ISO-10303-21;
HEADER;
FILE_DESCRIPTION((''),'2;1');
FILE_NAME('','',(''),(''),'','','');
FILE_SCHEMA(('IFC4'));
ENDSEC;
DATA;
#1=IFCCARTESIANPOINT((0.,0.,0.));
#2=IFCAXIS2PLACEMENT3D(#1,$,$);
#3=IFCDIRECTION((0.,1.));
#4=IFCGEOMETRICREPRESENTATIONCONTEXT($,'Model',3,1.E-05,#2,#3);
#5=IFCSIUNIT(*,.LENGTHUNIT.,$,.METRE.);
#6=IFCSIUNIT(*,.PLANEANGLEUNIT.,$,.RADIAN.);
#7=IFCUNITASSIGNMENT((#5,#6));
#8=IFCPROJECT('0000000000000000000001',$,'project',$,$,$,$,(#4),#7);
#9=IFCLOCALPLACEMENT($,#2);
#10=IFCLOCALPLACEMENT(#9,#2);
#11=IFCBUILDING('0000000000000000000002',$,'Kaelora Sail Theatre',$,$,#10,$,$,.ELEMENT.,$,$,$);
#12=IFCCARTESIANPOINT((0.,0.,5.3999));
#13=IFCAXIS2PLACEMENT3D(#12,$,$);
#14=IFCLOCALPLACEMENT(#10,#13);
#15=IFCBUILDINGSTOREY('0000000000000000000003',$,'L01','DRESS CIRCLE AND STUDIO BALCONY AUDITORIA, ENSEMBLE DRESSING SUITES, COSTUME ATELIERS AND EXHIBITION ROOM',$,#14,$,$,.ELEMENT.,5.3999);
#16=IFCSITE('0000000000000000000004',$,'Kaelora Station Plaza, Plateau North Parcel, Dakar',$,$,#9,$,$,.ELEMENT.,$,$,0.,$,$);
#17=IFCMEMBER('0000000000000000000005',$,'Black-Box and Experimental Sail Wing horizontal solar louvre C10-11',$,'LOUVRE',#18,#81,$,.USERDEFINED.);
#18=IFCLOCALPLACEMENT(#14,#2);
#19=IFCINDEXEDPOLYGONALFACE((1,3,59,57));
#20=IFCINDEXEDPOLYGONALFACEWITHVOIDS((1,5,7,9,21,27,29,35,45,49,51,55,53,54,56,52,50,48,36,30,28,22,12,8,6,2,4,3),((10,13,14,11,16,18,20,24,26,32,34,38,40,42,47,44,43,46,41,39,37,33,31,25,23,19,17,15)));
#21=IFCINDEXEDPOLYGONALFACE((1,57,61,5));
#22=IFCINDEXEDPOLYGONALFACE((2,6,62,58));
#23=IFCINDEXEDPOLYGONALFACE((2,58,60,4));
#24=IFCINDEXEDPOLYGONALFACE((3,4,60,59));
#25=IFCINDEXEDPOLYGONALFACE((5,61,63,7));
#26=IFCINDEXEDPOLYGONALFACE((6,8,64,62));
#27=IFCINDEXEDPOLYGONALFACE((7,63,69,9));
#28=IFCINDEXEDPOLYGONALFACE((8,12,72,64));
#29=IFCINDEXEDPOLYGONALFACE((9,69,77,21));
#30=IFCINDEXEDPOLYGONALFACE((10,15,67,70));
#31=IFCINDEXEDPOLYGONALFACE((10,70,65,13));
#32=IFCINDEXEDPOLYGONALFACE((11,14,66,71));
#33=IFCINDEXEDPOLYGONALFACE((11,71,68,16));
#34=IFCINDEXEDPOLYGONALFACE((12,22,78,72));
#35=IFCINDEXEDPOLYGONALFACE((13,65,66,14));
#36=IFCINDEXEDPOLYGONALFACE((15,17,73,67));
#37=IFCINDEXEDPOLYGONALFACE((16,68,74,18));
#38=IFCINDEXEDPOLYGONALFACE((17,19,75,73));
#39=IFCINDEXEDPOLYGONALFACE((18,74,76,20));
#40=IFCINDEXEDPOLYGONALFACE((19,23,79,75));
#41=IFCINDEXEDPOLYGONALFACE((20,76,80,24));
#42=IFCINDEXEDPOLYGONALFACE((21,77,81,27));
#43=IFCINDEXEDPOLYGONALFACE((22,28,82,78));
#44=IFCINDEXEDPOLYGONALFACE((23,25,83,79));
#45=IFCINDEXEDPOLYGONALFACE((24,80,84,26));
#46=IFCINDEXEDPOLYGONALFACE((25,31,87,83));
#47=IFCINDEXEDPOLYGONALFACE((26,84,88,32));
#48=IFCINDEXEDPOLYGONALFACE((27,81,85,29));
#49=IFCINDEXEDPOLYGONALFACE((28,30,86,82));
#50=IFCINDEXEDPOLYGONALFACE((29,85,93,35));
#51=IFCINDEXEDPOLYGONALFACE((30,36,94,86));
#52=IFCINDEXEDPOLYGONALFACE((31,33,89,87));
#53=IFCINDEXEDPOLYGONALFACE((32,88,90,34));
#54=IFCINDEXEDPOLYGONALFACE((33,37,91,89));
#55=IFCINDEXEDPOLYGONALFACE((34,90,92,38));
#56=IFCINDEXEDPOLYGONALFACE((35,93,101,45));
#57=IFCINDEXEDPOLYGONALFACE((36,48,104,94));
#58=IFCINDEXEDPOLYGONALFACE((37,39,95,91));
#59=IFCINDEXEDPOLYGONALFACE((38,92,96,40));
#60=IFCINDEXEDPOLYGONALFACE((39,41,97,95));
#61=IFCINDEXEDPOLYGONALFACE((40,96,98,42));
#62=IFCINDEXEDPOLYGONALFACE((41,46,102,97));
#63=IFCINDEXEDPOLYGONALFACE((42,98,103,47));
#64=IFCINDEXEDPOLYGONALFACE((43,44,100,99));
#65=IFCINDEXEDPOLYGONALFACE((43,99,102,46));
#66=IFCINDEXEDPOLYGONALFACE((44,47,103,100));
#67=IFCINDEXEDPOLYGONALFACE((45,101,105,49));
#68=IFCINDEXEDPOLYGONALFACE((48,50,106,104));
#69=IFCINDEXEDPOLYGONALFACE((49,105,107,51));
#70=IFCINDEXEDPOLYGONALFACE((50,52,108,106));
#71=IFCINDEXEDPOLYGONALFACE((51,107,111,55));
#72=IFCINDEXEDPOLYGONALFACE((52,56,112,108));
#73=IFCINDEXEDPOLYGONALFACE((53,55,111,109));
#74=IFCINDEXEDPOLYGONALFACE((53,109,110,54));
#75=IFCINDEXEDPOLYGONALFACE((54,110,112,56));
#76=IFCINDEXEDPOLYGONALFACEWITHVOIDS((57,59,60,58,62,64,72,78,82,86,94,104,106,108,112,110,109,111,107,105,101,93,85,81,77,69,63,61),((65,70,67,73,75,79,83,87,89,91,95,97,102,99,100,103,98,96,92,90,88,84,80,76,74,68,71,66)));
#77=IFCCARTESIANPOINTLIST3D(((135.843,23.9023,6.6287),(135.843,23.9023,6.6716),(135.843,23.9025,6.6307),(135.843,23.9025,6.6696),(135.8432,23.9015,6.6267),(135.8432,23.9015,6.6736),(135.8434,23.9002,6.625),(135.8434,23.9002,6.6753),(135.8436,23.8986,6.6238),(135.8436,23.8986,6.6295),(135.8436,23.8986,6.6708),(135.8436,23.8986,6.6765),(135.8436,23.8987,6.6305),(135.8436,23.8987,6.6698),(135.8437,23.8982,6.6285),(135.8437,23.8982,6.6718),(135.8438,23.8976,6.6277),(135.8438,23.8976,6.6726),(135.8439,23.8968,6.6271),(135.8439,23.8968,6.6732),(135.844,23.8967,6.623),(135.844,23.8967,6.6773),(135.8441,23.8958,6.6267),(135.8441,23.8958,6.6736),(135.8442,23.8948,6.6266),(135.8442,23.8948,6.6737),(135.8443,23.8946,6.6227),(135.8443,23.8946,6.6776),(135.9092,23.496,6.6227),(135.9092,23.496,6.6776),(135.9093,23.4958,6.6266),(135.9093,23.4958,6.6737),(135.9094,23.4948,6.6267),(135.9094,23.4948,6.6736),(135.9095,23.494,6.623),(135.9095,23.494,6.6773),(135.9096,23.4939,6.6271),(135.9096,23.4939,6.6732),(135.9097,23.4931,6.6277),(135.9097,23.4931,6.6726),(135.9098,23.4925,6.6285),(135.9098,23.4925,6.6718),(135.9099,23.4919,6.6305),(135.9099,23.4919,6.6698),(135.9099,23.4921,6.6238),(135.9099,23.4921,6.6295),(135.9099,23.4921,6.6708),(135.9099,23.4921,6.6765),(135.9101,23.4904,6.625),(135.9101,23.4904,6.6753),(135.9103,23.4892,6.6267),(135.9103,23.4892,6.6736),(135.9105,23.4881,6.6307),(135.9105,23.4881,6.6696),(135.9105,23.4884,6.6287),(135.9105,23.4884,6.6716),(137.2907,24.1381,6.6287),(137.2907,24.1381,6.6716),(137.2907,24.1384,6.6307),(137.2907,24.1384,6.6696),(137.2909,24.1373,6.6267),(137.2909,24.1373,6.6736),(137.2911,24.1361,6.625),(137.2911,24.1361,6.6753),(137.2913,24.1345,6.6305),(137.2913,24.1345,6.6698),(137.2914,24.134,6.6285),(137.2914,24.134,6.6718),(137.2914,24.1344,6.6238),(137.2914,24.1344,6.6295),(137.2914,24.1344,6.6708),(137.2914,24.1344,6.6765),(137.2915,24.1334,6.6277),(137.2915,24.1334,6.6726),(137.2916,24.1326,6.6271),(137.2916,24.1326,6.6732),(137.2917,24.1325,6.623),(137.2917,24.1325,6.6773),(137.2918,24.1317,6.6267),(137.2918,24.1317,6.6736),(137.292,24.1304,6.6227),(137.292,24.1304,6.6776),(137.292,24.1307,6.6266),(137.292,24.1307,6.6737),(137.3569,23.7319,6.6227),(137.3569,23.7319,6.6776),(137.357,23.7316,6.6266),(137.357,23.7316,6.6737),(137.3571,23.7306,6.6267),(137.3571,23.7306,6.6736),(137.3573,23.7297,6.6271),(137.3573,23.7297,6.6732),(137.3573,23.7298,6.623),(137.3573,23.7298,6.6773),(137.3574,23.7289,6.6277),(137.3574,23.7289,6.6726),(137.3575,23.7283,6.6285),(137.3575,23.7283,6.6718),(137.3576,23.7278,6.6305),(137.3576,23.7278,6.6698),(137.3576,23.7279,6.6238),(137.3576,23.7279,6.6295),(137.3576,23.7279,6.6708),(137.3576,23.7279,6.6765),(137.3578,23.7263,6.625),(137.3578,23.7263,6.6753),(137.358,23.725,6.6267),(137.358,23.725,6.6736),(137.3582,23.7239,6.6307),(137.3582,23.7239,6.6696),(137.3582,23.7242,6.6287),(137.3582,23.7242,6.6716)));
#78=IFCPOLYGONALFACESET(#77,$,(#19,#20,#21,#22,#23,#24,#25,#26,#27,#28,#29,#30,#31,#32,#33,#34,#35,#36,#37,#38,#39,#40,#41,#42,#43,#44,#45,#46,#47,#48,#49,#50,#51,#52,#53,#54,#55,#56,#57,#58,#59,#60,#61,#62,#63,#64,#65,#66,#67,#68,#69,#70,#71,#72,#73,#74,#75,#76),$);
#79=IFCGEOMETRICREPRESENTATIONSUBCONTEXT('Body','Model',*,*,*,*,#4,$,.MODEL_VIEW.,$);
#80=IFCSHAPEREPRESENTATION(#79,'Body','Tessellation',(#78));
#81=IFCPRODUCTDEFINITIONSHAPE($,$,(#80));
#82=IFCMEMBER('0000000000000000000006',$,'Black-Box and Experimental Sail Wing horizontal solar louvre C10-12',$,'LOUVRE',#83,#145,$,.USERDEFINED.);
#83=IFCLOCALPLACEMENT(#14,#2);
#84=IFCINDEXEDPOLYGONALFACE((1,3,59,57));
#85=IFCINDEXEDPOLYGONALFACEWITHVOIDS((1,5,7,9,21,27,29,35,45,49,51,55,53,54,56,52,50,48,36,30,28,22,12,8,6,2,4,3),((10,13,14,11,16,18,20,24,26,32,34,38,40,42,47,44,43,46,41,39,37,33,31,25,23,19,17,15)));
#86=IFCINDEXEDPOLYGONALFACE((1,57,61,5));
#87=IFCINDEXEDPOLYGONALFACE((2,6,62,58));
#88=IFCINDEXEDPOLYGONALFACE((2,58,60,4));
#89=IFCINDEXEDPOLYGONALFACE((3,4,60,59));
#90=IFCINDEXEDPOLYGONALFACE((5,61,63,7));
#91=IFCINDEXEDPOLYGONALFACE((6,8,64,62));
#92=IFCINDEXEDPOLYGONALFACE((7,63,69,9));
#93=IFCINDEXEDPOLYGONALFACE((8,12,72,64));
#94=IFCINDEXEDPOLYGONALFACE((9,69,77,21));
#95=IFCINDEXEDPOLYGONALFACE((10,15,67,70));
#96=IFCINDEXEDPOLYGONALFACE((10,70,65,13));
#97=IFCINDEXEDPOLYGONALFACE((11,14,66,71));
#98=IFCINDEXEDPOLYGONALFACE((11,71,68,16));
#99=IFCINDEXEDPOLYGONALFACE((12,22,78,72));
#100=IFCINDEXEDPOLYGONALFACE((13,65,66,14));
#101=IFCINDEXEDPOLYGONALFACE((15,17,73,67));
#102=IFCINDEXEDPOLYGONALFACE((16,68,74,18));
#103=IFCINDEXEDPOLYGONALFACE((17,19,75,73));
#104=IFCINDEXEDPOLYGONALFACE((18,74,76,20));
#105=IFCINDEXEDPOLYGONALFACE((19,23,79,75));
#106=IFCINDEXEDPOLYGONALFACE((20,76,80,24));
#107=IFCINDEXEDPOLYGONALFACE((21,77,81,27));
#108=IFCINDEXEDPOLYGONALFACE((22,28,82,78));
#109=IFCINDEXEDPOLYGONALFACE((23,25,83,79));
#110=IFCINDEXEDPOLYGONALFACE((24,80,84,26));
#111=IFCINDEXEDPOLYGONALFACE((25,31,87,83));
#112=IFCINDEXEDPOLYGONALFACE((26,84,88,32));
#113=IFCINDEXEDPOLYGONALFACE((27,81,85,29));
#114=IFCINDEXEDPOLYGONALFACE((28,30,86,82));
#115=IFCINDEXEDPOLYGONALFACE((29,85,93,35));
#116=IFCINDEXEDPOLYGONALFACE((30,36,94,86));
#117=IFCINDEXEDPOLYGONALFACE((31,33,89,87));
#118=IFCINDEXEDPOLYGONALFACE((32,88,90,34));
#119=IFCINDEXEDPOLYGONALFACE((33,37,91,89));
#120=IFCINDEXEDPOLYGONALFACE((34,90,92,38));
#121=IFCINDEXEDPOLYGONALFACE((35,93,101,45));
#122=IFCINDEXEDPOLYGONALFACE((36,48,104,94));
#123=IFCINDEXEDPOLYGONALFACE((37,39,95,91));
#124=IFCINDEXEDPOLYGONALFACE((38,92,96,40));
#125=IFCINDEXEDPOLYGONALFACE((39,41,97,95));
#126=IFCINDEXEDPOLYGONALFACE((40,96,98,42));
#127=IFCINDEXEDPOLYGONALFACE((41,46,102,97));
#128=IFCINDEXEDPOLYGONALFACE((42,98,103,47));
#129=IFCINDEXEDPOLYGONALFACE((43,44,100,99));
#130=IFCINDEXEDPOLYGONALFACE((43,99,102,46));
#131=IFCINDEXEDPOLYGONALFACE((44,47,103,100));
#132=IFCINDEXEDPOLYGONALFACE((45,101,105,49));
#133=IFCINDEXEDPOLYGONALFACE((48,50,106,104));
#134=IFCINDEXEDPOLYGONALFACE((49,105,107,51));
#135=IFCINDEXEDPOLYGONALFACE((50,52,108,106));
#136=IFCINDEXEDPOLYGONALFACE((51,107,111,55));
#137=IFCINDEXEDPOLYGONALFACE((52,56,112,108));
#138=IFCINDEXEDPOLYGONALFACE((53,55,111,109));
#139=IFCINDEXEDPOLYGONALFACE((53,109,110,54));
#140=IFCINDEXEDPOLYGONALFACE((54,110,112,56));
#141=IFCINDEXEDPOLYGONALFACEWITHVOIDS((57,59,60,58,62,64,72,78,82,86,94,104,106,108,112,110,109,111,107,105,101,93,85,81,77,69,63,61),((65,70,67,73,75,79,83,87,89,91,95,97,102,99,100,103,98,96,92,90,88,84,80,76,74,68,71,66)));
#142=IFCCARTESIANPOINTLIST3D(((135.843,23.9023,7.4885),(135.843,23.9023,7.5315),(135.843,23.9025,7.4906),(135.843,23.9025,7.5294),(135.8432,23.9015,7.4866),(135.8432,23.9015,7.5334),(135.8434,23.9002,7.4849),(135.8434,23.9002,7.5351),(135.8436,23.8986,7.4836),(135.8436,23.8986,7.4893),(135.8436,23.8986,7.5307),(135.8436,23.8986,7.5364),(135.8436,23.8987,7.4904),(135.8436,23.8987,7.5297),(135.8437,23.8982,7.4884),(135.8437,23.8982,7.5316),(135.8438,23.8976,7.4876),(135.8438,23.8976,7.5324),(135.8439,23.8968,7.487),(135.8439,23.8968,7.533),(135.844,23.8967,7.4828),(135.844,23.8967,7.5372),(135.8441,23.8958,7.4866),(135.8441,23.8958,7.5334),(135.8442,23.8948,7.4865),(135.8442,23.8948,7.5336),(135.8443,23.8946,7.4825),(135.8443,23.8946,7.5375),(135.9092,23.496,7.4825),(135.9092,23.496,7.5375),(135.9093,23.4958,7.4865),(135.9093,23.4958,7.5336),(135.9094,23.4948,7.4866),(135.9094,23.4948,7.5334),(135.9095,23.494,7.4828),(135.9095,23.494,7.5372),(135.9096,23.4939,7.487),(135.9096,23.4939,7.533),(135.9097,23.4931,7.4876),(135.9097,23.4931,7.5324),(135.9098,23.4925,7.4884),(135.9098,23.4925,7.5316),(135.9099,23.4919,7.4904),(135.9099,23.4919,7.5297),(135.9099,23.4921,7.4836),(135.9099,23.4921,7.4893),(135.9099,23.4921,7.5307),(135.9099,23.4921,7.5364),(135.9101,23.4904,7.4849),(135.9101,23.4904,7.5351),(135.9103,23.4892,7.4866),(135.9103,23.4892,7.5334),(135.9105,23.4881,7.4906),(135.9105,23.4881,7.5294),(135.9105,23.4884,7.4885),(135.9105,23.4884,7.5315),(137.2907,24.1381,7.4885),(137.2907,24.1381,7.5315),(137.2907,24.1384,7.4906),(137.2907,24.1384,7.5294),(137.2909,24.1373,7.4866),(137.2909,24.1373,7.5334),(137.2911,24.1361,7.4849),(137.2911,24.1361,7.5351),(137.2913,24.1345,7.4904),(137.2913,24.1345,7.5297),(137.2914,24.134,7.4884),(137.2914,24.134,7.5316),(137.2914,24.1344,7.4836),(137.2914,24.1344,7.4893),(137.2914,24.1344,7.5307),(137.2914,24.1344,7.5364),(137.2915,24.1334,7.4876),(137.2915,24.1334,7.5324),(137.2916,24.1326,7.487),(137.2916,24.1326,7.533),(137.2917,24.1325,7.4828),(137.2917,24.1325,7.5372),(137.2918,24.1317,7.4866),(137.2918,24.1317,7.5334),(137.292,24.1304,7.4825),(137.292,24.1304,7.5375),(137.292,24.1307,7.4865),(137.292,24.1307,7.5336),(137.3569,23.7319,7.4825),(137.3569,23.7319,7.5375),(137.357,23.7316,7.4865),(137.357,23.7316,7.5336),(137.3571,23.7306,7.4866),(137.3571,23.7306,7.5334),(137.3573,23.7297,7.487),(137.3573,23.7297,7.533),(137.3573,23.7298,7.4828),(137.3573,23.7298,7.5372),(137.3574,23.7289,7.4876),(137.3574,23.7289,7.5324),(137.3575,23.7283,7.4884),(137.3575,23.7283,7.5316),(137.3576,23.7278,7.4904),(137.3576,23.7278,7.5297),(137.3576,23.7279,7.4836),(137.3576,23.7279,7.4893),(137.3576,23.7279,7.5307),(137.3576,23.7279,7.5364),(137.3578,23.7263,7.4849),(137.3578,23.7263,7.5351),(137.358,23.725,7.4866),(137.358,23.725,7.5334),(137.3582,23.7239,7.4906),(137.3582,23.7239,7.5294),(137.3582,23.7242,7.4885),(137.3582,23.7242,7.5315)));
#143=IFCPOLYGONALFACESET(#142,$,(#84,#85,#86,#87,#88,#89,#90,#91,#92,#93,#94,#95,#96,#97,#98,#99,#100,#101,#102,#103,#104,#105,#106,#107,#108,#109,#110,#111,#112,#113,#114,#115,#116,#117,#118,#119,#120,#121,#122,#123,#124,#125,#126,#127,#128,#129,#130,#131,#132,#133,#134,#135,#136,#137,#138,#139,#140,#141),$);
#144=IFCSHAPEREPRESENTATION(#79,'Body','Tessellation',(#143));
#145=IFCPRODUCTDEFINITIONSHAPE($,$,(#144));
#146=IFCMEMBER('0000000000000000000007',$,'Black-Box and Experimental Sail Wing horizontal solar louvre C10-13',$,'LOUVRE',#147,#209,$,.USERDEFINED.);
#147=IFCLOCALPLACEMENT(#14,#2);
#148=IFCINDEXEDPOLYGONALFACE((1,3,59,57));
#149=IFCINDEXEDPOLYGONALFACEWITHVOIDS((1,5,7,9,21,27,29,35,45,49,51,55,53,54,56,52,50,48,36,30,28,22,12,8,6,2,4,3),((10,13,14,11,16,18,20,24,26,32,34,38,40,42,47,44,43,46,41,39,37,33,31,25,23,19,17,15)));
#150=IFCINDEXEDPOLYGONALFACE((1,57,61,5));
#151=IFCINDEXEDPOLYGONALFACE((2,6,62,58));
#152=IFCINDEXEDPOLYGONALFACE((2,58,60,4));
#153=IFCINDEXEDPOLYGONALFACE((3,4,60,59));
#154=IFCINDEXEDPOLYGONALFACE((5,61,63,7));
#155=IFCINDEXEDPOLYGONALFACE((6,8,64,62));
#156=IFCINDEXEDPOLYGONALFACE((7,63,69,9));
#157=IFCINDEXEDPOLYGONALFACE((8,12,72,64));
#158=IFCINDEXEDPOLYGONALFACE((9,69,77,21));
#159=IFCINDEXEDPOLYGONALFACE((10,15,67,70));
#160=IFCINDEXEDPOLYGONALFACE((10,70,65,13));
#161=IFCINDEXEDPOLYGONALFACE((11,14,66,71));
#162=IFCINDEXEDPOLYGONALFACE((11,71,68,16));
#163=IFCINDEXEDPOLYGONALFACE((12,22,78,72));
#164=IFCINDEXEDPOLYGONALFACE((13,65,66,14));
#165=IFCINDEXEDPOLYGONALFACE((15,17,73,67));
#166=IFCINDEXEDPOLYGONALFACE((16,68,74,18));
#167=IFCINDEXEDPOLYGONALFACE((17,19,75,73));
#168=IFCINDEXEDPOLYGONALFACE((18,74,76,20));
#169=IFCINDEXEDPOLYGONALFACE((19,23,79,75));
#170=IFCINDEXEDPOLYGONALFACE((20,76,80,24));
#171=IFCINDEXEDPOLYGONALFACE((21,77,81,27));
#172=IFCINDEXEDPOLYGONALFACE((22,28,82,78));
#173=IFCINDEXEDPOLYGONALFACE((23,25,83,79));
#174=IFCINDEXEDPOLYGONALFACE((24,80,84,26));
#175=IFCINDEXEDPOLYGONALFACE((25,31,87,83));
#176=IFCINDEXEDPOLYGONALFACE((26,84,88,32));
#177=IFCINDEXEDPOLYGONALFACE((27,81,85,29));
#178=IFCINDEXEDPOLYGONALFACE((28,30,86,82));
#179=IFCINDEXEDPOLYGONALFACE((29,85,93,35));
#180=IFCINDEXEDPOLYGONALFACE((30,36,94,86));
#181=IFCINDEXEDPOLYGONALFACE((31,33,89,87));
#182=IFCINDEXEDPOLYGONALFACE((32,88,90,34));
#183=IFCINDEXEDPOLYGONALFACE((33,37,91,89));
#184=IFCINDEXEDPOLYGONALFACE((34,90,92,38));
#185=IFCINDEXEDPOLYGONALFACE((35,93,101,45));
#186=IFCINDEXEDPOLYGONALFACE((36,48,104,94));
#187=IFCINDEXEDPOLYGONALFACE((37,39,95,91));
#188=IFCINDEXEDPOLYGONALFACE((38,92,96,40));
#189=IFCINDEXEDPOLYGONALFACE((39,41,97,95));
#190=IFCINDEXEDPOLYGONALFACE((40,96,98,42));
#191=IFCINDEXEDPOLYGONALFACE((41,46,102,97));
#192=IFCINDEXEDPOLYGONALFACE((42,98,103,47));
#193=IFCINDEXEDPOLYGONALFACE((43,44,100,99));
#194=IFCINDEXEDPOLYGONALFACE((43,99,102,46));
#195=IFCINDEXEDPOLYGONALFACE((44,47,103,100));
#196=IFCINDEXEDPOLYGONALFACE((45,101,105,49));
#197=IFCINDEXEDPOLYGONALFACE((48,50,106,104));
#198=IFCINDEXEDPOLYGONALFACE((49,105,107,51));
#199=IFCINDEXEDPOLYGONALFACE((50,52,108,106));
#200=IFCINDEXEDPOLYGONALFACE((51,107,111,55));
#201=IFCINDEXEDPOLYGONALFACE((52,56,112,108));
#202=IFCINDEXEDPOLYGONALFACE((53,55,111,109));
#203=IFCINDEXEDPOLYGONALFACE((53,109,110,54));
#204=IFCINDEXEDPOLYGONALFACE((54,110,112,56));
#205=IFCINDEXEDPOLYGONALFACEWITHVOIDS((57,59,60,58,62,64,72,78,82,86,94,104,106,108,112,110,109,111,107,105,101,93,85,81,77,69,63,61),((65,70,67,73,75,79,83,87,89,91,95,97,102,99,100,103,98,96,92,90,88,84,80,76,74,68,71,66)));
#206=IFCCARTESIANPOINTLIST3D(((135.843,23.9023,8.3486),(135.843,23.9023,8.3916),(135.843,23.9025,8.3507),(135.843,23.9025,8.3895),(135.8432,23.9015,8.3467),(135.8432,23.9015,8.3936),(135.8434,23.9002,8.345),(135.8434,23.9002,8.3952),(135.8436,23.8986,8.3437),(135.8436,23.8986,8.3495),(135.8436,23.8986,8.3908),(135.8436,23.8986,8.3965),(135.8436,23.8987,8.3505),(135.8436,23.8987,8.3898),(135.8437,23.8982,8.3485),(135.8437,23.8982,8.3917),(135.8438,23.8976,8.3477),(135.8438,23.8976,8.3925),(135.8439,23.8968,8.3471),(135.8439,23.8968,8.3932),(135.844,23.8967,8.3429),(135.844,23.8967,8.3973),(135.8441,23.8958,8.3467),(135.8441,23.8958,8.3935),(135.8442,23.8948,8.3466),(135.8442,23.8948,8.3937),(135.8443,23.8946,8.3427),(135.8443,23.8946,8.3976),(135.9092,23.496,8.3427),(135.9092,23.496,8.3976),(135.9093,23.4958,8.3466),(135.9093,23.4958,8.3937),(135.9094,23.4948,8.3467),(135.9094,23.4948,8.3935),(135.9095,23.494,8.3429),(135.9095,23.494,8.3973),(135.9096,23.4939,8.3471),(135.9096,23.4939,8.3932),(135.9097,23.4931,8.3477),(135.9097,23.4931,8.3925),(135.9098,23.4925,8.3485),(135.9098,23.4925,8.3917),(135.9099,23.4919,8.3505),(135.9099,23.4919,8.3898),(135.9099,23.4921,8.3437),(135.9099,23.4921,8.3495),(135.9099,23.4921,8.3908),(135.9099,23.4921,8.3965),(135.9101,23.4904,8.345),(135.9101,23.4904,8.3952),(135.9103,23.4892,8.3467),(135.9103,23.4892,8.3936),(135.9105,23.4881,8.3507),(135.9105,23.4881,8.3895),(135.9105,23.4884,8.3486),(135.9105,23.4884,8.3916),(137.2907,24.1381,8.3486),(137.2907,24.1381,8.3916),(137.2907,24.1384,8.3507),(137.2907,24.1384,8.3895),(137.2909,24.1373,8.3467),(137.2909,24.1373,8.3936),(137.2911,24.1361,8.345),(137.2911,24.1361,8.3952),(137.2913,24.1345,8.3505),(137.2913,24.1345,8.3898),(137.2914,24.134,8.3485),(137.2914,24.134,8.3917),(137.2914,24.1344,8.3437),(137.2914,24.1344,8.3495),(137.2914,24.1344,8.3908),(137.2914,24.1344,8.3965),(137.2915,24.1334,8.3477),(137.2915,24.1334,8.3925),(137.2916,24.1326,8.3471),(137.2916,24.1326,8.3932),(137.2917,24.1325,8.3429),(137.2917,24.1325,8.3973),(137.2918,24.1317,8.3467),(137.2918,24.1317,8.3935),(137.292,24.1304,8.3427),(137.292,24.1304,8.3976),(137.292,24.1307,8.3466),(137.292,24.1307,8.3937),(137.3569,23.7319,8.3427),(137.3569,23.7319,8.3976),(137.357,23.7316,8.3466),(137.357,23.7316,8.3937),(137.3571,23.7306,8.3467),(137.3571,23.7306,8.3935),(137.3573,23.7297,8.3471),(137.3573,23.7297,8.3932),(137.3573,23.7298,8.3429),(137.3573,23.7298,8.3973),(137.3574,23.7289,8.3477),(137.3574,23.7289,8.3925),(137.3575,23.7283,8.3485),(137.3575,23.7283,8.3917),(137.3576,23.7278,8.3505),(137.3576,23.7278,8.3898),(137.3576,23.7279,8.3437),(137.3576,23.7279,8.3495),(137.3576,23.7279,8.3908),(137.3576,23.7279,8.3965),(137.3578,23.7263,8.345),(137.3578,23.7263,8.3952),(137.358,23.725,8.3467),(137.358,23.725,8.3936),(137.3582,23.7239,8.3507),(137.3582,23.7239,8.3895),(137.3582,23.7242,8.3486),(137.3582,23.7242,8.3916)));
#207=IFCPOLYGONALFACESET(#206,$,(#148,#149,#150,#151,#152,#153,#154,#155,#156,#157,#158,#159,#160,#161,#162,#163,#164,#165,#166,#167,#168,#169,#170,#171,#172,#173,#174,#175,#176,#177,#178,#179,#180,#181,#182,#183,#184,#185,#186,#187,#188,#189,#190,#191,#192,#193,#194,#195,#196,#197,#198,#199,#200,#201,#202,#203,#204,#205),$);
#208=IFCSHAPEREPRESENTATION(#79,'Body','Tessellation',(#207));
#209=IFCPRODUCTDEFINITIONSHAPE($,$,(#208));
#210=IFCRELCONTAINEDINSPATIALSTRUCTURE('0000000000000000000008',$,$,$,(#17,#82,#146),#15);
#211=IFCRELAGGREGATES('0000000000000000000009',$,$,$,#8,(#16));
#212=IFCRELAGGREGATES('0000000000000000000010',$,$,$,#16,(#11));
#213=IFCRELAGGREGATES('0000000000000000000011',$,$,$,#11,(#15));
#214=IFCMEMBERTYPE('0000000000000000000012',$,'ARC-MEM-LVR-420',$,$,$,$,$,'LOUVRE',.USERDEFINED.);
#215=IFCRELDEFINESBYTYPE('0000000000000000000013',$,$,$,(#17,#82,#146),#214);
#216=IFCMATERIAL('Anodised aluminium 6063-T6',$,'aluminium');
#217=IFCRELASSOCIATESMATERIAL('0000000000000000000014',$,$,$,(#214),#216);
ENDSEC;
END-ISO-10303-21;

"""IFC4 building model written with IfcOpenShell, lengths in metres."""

from ifc_helpers import new_model, si_unit, direction, frame, origin, origin_2d, place, context, subcontext, project, spatial, hollow_rectangle, extrude, material, material_profile, profile_set, type_object, element, save


model = new_model("IFC4")

# Units and contexts
model_context = context("Model", 3, precision=1e-05, world=origin(), true_north=direction((0.0, 1.0)))
body_context = subcontext(model_context, "Body", "Model", "MODEL_VIEW")
ifc_project = project(units=[si_unit("LENGTHUNIT", "METRE"), si_unit("PLANEANGLEUNIT", "RADIAN")], contexts=[model_context])

# Site, building, storey
site_placement = place(None, origin())
site = spatial("IfcSite", under=ifc_project, at=site_placement, Name="Kaelora Station Plaza, Plateau North Parcel, Dakar", CompositionType="ELEMENT", RefElevation=0.0)
building_placement = place(site_placement, origin())
building = spatial("IfcBuilding", under=site, at=building_placement, Name="Kaelora Sail Theatre", CompositionType="ELEMENT")
storey_placement = place(building_placement, frame((0.0, 0.0, 5.3999)))
storey = spatial("IfcBuildingStorey", under=building, at=storey_placement, Name="L01", Description="DRESS CIRCLE AND STUDIO BALCONY AUDITORIA, ENSEMBLE DRESSING SUITES, COSTUME ATELIERS AND EXHIBITION ROOM", CompositionType="ELEMENT", Elevation=5.3999)

# Members
ifc_material = material(Name="Anodised aluminium 6063-T6", Category="aluminium")
ifc_material_profile = material_profile(ifc_material, hollow_rectangle(XDim=0.4199, YDim=0.0549, WallThickness=0.0039, InnerFilletRadius=0.0039, OuterFilletRadius=0.0081, at=origin_2d()), Name="LOUVRE 420x55x4")
ifc_profile_set = profile_set([ifc_material_profile], Name="Anodised aluminium 6063-T6")
member_type = type_object("IfcMemberType", Name="ARC-MEM-LVR-420", ElementType="LOUVRE", PredefinedType="USERDEFINED", material=ifc_profile_set)
for number, where, z_axis, x_axis, name in (
    (1, (137.3245, 23.9312, 6.6501), (-0.98699, -0.160781, 0.0), (0.160781, -0.98699, 0.0), "Black-Box and Experimental Sail Wing horizontal solar louvre C10-11"),
    (2, (137.3245, 23.9312, 7.51), (-0.98699, -0.160781, 0.0), (0.160781, -0.98699, 0.0), "Black-Box and Experimental Sail Wing horizontal solar louvre C10-12"),
    (3, (137.3245, 23.9312, 8.3701), (-0.98699, -0.160781, 0.0), (0.160781, -0.98699, 0.0), "Black-Box and Experimental Sail Wing horizontal solar louvre C10-13"),
):
    element("IfcMember", number, at=place(storey_placement, frame(where, z_axis=z_axis, x_axis=x_axis)), inside=storey, type_object=member_type, Name=name, ObjectType="LOUVRE", PredefinedType="USERDEFINED", context=body_context, shape_type="SweptSolid", body=[
        extrude(hollow_rectangle(XDim=0.4199, YDim=0.0549, WallThickness=0.0039, InnerFilletRadius=0.0039, OuterFilletRadius=0.0081, at=origin_2d()), origin(), (0.0, 0.0, 1.0), 1.4668),
    ])

save(model, "model.ifc")
